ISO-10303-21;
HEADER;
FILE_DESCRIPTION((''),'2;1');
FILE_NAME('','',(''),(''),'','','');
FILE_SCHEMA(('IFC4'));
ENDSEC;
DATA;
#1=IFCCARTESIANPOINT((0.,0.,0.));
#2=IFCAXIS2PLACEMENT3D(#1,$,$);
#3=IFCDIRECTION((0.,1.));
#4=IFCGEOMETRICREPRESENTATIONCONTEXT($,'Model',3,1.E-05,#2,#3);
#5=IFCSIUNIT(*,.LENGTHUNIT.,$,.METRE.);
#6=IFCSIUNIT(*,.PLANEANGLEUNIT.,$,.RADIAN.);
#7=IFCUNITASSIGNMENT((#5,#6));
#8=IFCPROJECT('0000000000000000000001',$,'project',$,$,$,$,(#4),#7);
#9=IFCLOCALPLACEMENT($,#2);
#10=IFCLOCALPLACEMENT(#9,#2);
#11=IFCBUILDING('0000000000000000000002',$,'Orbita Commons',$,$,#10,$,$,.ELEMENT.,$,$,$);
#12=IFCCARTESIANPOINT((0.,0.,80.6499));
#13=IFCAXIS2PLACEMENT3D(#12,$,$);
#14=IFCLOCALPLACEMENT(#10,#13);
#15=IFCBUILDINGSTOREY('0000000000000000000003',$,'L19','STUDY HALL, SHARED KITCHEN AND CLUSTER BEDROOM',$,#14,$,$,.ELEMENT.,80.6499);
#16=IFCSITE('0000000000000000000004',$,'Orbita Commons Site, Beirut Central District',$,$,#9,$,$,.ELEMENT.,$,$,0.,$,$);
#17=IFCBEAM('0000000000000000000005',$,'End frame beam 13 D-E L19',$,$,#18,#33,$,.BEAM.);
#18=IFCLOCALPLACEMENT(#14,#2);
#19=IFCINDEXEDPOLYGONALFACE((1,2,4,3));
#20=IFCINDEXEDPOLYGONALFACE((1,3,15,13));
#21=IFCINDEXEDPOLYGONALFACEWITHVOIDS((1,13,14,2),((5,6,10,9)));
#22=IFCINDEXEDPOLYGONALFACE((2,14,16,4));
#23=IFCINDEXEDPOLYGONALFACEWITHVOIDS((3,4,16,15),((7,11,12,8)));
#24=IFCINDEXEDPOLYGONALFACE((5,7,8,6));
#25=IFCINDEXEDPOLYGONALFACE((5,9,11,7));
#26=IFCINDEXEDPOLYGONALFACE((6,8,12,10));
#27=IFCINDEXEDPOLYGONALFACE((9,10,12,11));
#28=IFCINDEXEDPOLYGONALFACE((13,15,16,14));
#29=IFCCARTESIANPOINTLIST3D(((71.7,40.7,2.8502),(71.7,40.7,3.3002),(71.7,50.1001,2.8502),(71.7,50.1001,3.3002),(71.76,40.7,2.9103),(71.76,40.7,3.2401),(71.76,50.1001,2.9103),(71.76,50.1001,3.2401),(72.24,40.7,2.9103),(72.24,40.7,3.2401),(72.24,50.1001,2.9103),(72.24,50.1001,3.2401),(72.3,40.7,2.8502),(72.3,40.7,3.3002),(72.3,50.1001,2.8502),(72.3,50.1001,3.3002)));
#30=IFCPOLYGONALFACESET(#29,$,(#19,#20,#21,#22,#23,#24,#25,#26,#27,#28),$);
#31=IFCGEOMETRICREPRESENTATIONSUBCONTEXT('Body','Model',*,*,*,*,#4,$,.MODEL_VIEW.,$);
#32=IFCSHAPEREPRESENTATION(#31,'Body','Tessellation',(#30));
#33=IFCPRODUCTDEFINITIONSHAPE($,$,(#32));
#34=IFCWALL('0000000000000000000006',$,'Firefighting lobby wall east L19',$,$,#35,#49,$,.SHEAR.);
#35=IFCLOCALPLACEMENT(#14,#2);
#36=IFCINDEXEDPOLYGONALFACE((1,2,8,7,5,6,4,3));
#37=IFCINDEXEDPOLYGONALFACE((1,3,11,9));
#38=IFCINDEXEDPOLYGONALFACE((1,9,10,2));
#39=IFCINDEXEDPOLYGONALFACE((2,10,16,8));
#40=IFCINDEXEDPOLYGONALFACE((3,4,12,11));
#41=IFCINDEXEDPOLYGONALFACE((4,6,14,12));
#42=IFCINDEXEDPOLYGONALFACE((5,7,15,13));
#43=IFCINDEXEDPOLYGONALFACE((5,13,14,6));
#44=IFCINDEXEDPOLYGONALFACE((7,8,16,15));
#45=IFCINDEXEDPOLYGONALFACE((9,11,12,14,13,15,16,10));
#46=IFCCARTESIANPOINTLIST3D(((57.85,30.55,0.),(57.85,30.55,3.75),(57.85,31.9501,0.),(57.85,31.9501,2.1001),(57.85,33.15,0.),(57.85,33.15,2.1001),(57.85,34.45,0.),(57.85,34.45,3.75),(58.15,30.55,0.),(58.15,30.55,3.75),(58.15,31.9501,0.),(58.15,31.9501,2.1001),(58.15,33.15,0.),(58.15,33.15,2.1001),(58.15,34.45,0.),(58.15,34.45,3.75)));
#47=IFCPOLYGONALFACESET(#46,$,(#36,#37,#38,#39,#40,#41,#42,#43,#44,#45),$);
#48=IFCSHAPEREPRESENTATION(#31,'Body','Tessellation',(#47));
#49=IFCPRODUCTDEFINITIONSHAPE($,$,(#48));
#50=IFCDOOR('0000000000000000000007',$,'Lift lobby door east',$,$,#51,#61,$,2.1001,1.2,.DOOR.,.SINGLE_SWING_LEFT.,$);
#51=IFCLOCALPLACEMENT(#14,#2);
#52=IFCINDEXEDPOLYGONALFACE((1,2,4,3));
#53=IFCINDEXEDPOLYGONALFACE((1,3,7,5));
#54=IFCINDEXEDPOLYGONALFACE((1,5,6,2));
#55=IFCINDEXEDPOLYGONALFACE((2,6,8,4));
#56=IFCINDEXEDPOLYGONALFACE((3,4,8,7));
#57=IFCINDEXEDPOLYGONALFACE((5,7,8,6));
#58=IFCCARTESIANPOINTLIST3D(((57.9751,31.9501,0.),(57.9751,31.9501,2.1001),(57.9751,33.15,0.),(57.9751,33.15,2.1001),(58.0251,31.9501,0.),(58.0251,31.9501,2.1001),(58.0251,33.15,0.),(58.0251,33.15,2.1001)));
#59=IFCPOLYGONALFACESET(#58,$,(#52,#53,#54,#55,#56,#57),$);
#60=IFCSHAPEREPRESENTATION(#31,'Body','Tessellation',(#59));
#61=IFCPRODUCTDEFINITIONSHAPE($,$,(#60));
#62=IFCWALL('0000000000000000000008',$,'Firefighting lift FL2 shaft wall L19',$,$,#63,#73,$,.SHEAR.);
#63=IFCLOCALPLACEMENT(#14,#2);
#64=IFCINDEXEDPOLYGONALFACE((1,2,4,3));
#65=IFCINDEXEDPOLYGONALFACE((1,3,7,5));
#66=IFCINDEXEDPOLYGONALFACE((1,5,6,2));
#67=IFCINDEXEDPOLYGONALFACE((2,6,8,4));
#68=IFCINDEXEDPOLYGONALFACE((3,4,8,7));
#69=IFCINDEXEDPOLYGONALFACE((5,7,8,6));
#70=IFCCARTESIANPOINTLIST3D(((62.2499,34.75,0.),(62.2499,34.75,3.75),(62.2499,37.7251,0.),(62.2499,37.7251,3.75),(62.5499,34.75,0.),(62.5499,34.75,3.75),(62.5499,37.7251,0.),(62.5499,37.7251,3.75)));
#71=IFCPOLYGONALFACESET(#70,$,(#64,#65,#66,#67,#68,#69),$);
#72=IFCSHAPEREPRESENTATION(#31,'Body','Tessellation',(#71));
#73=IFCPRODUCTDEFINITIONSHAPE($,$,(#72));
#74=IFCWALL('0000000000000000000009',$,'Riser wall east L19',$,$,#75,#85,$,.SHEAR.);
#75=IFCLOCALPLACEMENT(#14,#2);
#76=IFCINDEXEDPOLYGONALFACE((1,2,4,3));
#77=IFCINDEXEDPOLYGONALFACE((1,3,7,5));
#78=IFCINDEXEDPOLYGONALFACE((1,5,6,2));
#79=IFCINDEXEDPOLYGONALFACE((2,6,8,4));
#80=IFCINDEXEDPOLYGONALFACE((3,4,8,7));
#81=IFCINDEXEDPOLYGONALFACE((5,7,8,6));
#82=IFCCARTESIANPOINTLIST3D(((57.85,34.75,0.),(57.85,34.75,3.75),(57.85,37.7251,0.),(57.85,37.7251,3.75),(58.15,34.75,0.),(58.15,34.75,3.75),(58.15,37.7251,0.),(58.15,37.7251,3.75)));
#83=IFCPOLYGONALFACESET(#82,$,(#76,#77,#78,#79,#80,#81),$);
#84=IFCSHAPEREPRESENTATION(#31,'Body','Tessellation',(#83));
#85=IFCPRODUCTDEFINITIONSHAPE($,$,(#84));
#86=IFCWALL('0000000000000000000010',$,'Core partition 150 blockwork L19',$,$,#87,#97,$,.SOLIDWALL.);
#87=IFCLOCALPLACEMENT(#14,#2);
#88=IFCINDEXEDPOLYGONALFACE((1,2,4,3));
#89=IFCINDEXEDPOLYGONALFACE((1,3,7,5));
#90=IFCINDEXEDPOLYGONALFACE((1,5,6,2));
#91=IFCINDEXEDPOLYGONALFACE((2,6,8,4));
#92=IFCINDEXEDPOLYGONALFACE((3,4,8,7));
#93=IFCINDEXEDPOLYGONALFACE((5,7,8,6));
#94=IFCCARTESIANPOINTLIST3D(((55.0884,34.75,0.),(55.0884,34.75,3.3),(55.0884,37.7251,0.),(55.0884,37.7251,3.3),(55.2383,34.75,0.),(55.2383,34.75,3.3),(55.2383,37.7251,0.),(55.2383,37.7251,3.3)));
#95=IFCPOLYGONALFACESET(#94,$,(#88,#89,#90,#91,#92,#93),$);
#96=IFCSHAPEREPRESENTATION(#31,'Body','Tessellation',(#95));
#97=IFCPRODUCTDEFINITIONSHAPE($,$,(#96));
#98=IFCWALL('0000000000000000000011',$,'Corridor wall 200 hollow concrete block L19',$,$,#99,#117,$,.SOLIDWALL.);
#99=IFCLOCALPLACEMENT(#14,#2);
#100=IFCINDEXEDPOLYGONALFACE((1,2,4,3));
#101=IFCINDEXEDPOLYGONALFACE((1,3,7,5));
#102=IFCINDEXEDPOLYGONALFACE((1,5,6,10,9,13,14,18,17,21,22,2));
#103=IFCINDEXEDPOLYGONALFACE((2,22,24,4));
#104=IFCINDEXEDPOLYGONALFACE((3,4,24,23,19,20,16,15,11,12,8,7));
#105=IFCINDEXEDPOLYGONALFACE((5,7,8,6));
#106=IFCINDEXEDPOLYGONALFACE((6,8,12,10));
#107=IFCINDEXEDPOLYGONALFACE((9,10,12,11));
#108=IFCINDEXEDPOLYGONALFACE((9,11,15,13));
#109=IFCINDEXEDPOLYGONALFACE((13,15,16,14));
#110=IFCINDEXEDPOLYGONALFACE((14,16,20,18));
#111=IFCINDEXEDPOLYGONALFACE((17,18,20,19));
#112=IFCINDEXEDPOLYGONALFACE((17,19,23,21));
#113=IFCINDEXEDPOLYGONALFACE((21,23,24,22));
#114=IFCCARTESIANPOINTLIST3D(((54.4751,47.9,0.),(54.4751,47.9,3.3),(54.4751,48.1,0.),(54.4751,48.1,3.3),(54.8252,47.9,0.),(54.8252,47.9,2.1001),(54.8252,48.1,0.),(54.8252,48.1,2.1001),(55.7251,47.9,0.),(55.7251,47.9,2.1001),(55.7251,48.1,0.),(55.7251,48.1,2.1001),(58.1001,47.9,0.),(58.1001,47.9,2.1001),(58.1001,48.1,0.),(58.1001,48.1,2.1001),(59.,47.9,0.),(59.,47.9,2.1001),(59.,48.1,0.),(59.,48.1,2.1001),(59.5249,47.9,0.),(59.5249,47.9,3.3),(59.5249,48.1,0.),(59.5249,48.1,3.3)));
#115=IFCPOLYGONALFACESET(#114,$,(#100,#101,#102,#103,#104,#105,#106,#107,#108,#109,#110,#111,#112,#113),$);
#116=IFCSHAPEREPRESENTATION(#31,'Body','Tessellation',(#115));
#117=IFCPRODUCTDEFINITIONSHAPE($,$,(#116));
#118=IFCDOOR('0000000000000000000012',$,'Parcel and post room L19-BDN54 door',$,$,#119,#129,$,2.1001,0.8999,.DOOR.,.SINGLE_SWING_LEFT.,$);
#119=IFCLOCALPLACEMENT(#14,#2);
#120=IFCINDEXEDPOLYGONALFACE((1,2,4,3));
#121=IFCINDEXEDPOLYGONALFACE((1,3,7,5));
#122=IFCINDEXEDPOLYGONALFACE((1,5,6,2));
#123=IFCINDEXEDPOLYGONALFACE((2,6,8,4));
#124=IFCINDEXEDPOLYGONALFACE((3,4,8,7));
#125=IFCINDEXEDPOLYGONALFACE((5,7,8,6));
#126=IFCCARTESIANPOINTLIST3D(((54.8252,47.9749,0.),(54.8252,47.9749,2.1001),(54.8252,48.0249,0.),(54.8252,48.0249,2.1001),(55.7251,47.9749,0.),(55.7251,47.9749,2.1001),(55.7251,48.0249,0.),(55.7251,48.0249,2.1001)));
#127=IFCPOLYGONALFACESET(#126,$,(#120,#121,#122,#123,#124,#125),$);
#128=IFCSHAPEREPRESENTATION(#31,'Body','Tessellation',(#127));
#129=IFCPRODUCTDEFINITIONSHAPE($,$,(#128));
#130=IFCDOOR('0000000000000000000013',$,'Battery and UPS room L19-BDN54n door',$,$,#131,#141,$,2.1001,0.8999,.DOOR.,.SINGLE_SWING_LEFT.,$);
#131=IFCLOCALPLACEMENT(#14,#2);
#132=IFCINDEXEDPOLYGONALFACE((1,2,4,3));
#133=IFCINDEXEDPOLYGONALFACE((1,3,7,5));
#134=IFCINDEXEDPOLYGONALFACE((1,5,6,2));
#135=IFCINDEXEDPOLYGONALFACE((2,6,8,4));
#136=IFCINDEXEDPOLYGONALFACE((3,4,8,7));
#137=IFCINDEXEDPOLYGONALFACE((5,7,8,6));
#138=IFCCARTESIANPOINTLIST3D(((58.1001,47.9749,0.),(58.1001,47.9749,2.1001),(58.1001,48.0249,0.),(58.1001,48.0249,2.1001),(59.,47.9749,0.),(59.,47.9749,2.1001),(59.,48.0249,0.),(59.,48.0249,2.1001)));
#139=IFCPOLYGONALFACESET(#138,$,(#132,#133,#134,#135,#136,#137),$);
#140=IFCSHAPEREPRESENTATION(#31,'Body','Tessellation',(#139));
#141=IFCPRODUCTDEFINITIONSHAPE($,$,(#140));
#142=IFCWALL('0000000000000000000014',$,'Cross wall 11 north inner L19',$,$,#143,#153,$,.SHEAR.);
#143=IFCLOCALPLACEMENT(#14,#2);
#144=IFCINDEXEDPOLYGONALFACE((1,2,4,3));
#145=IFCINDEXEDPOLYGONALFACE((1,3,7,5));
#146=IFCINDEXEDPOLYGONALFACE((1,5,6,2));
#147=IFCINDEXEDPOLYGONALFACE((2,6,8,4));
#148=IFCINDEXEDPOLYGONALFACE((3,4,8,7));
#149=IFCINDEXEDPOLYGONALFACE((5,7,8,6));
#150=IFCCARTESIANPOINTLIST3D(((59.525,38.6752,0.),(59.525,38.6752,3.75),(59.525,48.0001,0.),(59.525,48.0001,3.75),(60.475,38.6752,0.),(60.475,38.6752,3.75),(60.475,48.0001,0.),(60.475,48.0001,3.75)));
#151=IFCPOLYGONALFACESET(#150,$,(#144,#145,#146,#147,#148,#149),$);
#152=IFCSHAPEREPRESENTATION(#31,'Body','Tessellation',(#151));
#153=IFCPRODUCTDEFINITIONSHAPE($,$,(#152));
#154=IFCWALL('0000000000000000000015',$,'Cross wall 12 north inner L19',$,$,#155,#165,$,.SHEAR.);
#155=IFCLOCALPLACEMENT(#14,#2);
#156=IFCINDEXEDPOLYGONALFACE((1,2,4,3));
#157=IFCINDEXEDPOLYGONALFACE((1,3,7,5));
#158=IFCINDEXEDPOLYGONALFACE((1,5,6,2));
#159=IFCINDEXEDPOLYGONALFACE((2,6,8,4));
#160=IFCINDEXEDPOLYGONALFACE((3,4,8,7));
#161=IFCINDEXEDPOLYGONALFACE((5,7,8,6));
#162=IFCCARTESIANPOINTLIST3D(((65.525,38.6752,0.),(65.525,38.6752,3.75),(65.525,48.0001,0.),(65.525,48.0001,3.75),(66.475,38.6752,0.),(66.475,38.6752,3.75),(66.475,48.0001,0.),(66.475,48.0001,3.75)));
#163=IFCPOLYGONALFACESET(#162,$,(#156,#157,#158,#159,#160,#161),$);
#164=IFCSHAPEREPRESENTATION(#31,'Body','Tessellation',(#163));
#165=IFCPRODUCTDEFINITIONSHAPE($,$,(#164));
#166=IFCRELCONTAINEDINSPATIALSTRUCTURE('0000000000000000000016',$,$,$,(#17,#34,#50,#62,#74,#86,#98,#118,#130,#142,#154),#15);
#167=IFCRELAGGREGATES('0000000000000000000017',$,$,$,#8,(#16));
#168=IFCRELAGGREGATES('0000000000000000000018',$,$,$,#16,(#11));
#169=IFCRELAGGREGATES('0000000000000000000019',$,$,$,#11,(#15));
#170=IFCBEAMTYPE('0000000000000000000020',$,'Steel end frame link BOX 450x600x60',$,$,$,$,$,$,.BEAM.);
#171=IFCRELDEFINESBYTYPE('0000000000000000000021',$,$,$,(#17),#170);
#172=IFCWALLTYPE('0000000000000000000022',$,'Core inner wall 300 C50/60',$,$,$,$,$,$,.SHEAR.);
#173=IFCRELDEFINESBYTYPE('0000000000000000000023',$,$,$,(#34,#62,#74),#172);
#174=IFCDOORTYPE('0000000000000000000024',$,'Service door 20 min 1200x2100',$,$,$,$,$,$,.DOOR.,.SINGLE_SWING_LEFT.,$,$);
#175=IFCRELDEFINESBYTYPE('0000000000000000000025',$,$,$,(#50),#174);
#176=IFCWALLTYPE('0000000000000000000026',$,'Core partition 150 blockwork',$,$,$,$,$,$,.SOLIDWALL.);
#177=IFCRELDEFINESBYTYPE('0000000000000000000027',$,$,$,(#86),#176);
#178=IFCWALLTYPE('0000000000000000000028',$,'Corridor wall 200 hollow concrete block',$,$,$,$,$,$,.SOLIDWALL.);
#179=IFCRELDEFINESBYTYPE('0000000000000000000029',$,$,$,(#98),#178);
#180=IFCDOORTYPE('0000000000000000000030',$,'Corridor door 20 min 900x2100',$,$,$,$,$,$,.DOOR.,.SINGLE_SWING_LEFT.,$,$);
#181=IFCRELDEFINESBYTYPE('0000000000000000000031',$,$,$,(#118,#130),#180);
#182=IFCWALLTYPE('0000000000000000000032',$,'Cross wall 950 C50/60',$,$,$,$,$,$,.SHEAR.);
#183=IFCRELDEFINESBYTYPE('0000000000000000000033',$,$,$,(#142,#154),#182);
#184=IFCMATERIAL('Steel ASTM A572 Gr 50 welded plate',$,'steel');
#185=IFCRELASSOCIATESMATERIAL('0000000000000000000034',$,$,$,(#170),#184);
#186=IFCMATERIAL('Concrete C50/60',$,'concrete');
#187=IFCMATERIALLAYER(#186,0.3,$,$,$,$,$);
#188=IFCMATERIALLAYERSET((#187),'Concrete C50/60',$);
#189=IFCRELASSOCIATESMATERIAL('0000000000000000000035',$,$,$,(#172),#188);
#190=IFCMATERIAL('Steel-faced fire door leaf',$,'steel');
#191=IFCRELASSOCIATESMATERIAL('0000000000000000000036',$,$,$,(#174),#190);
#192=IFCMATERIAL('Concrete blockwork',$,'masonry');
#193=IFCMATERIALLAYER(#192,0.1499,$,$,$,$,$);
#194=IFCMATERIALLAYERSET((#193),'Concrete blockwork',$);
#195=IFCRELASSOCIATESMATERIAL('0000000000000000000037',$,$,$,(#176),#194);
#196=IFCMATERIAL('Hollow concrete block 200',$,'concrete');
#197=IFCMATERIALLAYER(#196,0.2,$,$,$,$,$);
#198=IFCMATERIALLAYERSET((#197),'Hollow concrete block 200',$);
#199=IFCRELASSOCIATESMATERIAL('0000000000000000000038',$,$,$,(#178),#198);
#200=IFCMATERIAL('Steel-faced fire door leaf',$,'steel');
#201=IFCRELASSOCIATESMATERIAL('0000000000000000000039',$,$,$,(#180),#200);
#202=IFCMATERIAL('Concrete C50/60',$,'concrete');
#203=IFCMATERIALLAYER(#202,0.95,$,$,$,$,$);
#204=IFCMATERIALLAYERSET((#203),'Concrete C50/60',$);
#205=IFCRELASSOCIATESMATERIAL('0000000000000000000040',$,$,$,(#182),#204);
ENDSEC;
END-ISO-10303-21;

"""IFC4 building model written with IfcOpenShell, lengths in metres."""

from ifc_helpers import new_model, si_unit, direction, frame, frame_2d, origin, origin_2d, place, context, subcontext, project, spatial, rectangle, hollow_rectangle, extrude, material, layer, layer_set, material_profile, profile_set, type_object, element, fill, save


model = new_model("IFC4")

# Units and contexts
model_context = context("Model", 3, precision=1e-05, world=origin(), true_north=direction((0.0, 1.0)))
body_context = subcontext(model_context, "Body", "Model", "MODEL_VIEW")
ifc_project = project(units=[si_unit("LENGTHUNIT", "METRE"), si_unit("PLANEANGLEUNIT", "RADIAN")], contexts=[model_context])

# Site, building, storey
site_placement = place(None, origin())
site = spatial("IfcSite", under=ifc_project, at=site_placement, Name="Orbita Commons Site, Beirut Central District", CompositionType="ELEMENT", RefElevation=0.0)
building_placement = place(site_placement, origin())
building = spatial("IfcBuilding", under=site, at=building_placement, Name="Orbita Commons", CompositionType="ELEMENT")
storey_placement = place(building_placement, frame((0.0, 0.0, 80.6499)))
storey = spatial("IfcBuildingStorey", under=building, at=storey_placement, Name="L19", Description="STUDY HALL, SHARED KITCHEN AND CLUSTER BEDROOM", CompositionType="ELEMENT", Elevation=80.6499)

# Beam
ifc_material_1 = material(Name="Steel ASTM A572 Gr 50 welded plate", Category="steel")
ifc_material_profile = material_profile(ifc_material_1, hollow_rectangle(XDim=0.6001, YDim=0.45, WallThickness=0.0601, at=origin_2d()), Name="BOX 450x600x60")
ifc_profile_set = profile_set([ifc_material_profile], Name="Steel ASTM A572 Gr 50 welded plate")
beam_type = type_object("IfcBeamType", Name="Steel end frame link BOX 450x600x60", PredefinedType="BEAM", material=ifc_profile_set)
beam_placement = place(storey_placement, frame((72.0, 40.7, 3.0752), z_axis=(0.0, 1.0, 0.0), x_axis=(-1.0, 0.0, 0.0)))
element("IfcBeam", 1, at=beam_placement, inside=storey, type_object=beam_type, Name="End frame beam 13 D-E L19", PredefinedType="BEAM", context=body_context, shape_type="SweptSolid", body=[
    extrude(hollow_rectangle(XDim=0.6001, YDim=0.45, WallThickness=0.0601, at=origin_2d()), origin(), (0.0, 0.0, 1.0), 9.4001),
])

# Wall, opening, door
ifc_material_2 = material(Name="Concrete C50/60", Category="concrete")
ifc_layer_1 = layer(ifc_material_2, 0.3)
ifc_layer_set_1 = layer_set([ifc_layer_1], Name="Concrete C50/60")
wall_type_1 = type_object("IfcWallType", Name="Core inner wall 300 C50/60", PredefinedType="SHEAR", material=ifc_layer_set_1)
wall_1_placement = place(storey_placement, frame((58.0, 30.55, 0.0), z_axis=(0.0, 0.0, 1.0), x_axis=(0.0, 1.0, 0.0)))
wall_1 = element("IfcWall", 2, at=wall_1_placement, inside=storey, type_object=wall_type_1, Name="Firefighting lobby wall east L19", PredefinedType="SHEAR", context=body_context, shape_type="SweptSolid", body=[
    extrude(rectangle(XDim=3.8999, YDim=0.3, at=frame_2d((1.95, 0.0))), origin(), (0.0, 0.0, 1.0), 3.75),
])
opening_1_placement = place(wall_1_placement, frame((1.3999, 0.0, 0.0)))
opening_1 = element("IfcOpeningElement", 3, at=opening_1_placement, cuts=wall_1, PredefinedType="OPENING", context=body_context, shape_type="SweptSolid", body=[
    extrude(rectangle(XDim=1.2, YDim=2.1001, at=frame_2d((0.6001, 1.05))), frame((0.0, 0.1599, 0.0), z_axis=(0.0, -1.0, 0.0), x_axis=(1.0, 0.0, 0.0)), (0.0, 0.0, 1.0), 0.3201),
])
ifc_material_3 = material(Name="Steel-faced fire door leaf", Category="steel")
door_type_1 = type_object("IfcDoorType", Name="Service door 20 min 1200x2100", OperationType="SINGLE_SWING_LEFT", PredefinedType="DOOR", material=ifc_material_3)
door_1_placement = place(opening_1_placement, origin())
door_1 = element("IfcDoor", 4, at=door_1_placement, inside=storey, type_object=door_type_1, Name="Lift lobby door east", OperationType="SINGLE_SWING_LEFT", OverallHeight=2.1001, OverallWidth=1.2, PredefinedType="DOOR", context=body_context, shape_type="SweptSolid", body=[
    extrude(rectangle(XDim=1.2, YDim=2.1001, at=frame_2d((0.6001, 1.05))), frame((0.0, 0.0249, 0.0), z_axis=(0.0, -1.0, 0.0), x_axis=(1.0, 0.0, 0.0)), (0.0, 0.0, 1.0), 0.05),
])
fill(opening_1, door_1)

# Walls
for number, where, z_axis, x_axis, name in (
    (5, (62.3999, 34.75, 0.0), (0.0, 0.0, 1.0), (0.0, 1.0, 0.0), "Firefighting lift FL2 shaft wall L19"),
    (6, (58.0, 34.75, 0.0), (0.0, 0.0, 1.0), (0.0, 1.0, 0.0), "Riser wall east L19"),
):
    element("IfcWall", number, at=place(storey_placement, frame(where, z_axis=z_axis, x_axis=x_axis)), inside=storey, type_object=wall_type_1, Name=name, PredefinedType="SHEAR", context=body_context, shape_type="SweptSolid", body=[
        extrude(rectangle(XDim=2.9751, YDim=0.3, at=frame_2d((1.4875, 0.0))), origin(), (0.0, 0.0, 1.0), 3.75),
    ])
ifc_material_4 = material(Name="Concrete blockwork", Category="masonry")
ifc_layer_2 = layer(ifc_material_4, 0.1499)
ifc_layer_set_2 = layer_set([ifc_layer_2], Name="Concrete blockwork")
wall_type_2 = type_object("IfcWallType", Name="Core partition 150 blockwork", PredefinedType="SOLIDWALL", material=ifc_layer_set_2)
wall_2_placement = place(storey_placement, frame((55.1633, 34.75, 0.0), z_axis=(0.0, 0.0, 1.0), x_axis=(0.0, 1.0, 0.0)))
element("IfcWall", 7, at=wall_2_placement, inside=storey, type_object=wall_type_2, Name="Core partition 150 blockwork L19", PredefinedType="SOLIDWALL", context=body_context, shape_type="SweptSolid", body=[
    extrude(rectangle(XDim=2.9751, YDim=0.1499, at=frame_2d((1.4875, 0.0))), origin(), (0.0, 0.0, 1.0), 3.3),
])

# Wall, openings, doors
ifc_material_5 = material(Name="Hollow concrete block 200", Category="concrete")
ifc_layer_3 = layer(ifc_material_5, 0.2)
ifc_layer_set_3 = layer_set([ifc_layer_3], Name="Hollow concrete block 200")
wall_type_3 = type_object("IfcWallType", Name="Corridor wall 200 hollow concrete block", PredefinedType="SOLIDWALL", material=ifc_layer_set_3)
wall_3_placement = place(storey_placement, frame((54.4751, 48.0, 0.0), z_axis=(0.0, 0.0, 1.0), x_axis=(1.0, 0.0, 0.0)))
wall_3 = element("IfcWall", 8, at=wall_3_placement, inside=storey, type_object=wall_type_3, Name="Corridor wall 200 hollow concrete block L19", PredefinedType="SOLIDWALL", context=body_context, shape_type="SweptSolid", body=[
    extrude(rectangle(XDim=5.0498, YDim=0.2, at=frame_2d((2.5249, 0.0))), origin(), (0.0, 0.0, 1.0), 3.3),
])
opening_2_placement = place(wall_3_placement, frame((0.3501, 0.0, 0.0)))
opening_2 = element("IfcOpeningElement", 9, at=opening_2_placement, cuts=wall_3, PredefinedType="OPENING", context=body_context, shape_type="SweptSolid", body=[
    extrude(rectangle(XDim=0.8999, YDim=2.1001, at=frame_2d((0.45, 1.05))), frame((0.0, 0.1099, 0.0), z_axis=(0.0, -1.0, 0.0), x_axis=(1.0, 0.0, 0.0)), (0.0, 0.0, 1.0), 0.22),
])
opening_3_placement = place(wall_3_placement, frame((3.625, 0.0, 0.0)))
opening_3 = element("IfcOpeningElement", 10, at=opening_3_placement, cuts=wall_3, PredefinedType="OPENING", context=body_context, shape_type="SweptSolid", body=[
    extrude(rectangle(XDim=0.8999, YDim=2.1001, at=frame_2d((0.45, 1.05))), frame((0.0, 0.1099, 0.0), z_axis=(0.0, -1.0, 0.0), x_axis=(1.0, 0.0, 0.0)), (0.0, 0.0, 1.0), 0.22),
])
ifc_material_6 = material(Name="Steel-faced fire door leaf", Category="steel")
door_type_2 = type_object("IfcDoorType", Name="Corridor door 20 min 900x2100", OperationType="SINGLE_SWING_LEFT", PredefinedType="DOOR", material=ifc_material_6)
door_2_placement = place(opening_2_placement, origin())
door_2 = element("IfcDoor", 11, at=door_2_placement, inside=storey, type_object=door_type_2, Name="Parcel and post room L19-BDN54 door", OperationType="SINGLE_SWING_LEFT", OverallHeight=2.1001, OverallWidth=0.8999, PredefinedType="DOOR", context=body_context, shape_type="SweptSolid", body=[
    extrude(rectangle(XDim=0.8999, YDim=2.1001, at=frame_2d((0.45, 1.05))), frame((0.0, 0.0249, 0.0), z_axis=(0.0, -1.0, 0.0), x_axis=(1.0, 0.0, 0.0)), (0.0, 0.0, 1.0), 0.05),
])
fill(opening_2, door_2)
door_3_placement = place(opening_3_placement, origin())
door_3 = element("IfcDoor", 12, at=door_3_placement, inside=storey, type_object=door_type_2, Name="Battery and UPS room L19-BDN54n door", OperationType="SINGLE_SWING_LEFT", OverallHeight=2.1001, OverallWidth=0.8999, PredefinedType="DOOR", context=body_context, shape_type="SweptSolid", body=[
    extrude(rectangle(XDim=0.8999, YDim=2.1001, at=frame_2d((0.45, 1.05))), frame((0.0, 0.0249, 0.0), z_axis=(0.0, -1.0, 0.0), x_axis=(1.0, 0.0, 0.0)), (0.0, 0.0, 1.0), 0.05),
])
fill(opening_3, door_3)

# Walls
ifc_material_7 = material(Name="Concrete C50/60", Category="concrete")
ifc_layer_4 = layer(ifc_material_7, 0.95)
ifc_layer_set_4 = layer_set([ifc_layer_4], Name="Concrete C50/60")
wall_type_4 = type_object("IfcWallType", Name="Cross wall 950 C50/60", PredefinedType="SHEAR", material=ifc_layer_set_4)
for number, where, z_axis, x_axis, name in (
    (13, (60.0, 38.675, 0.0), (0.0, 0.0, 1.0), (0.0, 1.0, 0.0), "Cross wall 11 north inner L19"),
    (14, (66.0, 38.675, 0.0), (0.0, 0.0, 1.0), (0.0, 1.0, 0.0), "Cross wall 12 north inner L19"),
):
    element("IfcWall", number, at=place(storey_placement, frame(where, z_axis=z_axis, x_axis=x_axis)), inside=storey, type_object=wall_type_4, Name=name, PredefinedType="SHEAR", context=body_context, shape_type="SweptSolid", body=[
        extrude(rectangle(XDim=9.325, YDim=0.95, at=frame_2d((4.6626, 0.0))), origin(), (0.0, 0.0, 1.0), 3.75),
    ])

save(model, "model.ifc")
